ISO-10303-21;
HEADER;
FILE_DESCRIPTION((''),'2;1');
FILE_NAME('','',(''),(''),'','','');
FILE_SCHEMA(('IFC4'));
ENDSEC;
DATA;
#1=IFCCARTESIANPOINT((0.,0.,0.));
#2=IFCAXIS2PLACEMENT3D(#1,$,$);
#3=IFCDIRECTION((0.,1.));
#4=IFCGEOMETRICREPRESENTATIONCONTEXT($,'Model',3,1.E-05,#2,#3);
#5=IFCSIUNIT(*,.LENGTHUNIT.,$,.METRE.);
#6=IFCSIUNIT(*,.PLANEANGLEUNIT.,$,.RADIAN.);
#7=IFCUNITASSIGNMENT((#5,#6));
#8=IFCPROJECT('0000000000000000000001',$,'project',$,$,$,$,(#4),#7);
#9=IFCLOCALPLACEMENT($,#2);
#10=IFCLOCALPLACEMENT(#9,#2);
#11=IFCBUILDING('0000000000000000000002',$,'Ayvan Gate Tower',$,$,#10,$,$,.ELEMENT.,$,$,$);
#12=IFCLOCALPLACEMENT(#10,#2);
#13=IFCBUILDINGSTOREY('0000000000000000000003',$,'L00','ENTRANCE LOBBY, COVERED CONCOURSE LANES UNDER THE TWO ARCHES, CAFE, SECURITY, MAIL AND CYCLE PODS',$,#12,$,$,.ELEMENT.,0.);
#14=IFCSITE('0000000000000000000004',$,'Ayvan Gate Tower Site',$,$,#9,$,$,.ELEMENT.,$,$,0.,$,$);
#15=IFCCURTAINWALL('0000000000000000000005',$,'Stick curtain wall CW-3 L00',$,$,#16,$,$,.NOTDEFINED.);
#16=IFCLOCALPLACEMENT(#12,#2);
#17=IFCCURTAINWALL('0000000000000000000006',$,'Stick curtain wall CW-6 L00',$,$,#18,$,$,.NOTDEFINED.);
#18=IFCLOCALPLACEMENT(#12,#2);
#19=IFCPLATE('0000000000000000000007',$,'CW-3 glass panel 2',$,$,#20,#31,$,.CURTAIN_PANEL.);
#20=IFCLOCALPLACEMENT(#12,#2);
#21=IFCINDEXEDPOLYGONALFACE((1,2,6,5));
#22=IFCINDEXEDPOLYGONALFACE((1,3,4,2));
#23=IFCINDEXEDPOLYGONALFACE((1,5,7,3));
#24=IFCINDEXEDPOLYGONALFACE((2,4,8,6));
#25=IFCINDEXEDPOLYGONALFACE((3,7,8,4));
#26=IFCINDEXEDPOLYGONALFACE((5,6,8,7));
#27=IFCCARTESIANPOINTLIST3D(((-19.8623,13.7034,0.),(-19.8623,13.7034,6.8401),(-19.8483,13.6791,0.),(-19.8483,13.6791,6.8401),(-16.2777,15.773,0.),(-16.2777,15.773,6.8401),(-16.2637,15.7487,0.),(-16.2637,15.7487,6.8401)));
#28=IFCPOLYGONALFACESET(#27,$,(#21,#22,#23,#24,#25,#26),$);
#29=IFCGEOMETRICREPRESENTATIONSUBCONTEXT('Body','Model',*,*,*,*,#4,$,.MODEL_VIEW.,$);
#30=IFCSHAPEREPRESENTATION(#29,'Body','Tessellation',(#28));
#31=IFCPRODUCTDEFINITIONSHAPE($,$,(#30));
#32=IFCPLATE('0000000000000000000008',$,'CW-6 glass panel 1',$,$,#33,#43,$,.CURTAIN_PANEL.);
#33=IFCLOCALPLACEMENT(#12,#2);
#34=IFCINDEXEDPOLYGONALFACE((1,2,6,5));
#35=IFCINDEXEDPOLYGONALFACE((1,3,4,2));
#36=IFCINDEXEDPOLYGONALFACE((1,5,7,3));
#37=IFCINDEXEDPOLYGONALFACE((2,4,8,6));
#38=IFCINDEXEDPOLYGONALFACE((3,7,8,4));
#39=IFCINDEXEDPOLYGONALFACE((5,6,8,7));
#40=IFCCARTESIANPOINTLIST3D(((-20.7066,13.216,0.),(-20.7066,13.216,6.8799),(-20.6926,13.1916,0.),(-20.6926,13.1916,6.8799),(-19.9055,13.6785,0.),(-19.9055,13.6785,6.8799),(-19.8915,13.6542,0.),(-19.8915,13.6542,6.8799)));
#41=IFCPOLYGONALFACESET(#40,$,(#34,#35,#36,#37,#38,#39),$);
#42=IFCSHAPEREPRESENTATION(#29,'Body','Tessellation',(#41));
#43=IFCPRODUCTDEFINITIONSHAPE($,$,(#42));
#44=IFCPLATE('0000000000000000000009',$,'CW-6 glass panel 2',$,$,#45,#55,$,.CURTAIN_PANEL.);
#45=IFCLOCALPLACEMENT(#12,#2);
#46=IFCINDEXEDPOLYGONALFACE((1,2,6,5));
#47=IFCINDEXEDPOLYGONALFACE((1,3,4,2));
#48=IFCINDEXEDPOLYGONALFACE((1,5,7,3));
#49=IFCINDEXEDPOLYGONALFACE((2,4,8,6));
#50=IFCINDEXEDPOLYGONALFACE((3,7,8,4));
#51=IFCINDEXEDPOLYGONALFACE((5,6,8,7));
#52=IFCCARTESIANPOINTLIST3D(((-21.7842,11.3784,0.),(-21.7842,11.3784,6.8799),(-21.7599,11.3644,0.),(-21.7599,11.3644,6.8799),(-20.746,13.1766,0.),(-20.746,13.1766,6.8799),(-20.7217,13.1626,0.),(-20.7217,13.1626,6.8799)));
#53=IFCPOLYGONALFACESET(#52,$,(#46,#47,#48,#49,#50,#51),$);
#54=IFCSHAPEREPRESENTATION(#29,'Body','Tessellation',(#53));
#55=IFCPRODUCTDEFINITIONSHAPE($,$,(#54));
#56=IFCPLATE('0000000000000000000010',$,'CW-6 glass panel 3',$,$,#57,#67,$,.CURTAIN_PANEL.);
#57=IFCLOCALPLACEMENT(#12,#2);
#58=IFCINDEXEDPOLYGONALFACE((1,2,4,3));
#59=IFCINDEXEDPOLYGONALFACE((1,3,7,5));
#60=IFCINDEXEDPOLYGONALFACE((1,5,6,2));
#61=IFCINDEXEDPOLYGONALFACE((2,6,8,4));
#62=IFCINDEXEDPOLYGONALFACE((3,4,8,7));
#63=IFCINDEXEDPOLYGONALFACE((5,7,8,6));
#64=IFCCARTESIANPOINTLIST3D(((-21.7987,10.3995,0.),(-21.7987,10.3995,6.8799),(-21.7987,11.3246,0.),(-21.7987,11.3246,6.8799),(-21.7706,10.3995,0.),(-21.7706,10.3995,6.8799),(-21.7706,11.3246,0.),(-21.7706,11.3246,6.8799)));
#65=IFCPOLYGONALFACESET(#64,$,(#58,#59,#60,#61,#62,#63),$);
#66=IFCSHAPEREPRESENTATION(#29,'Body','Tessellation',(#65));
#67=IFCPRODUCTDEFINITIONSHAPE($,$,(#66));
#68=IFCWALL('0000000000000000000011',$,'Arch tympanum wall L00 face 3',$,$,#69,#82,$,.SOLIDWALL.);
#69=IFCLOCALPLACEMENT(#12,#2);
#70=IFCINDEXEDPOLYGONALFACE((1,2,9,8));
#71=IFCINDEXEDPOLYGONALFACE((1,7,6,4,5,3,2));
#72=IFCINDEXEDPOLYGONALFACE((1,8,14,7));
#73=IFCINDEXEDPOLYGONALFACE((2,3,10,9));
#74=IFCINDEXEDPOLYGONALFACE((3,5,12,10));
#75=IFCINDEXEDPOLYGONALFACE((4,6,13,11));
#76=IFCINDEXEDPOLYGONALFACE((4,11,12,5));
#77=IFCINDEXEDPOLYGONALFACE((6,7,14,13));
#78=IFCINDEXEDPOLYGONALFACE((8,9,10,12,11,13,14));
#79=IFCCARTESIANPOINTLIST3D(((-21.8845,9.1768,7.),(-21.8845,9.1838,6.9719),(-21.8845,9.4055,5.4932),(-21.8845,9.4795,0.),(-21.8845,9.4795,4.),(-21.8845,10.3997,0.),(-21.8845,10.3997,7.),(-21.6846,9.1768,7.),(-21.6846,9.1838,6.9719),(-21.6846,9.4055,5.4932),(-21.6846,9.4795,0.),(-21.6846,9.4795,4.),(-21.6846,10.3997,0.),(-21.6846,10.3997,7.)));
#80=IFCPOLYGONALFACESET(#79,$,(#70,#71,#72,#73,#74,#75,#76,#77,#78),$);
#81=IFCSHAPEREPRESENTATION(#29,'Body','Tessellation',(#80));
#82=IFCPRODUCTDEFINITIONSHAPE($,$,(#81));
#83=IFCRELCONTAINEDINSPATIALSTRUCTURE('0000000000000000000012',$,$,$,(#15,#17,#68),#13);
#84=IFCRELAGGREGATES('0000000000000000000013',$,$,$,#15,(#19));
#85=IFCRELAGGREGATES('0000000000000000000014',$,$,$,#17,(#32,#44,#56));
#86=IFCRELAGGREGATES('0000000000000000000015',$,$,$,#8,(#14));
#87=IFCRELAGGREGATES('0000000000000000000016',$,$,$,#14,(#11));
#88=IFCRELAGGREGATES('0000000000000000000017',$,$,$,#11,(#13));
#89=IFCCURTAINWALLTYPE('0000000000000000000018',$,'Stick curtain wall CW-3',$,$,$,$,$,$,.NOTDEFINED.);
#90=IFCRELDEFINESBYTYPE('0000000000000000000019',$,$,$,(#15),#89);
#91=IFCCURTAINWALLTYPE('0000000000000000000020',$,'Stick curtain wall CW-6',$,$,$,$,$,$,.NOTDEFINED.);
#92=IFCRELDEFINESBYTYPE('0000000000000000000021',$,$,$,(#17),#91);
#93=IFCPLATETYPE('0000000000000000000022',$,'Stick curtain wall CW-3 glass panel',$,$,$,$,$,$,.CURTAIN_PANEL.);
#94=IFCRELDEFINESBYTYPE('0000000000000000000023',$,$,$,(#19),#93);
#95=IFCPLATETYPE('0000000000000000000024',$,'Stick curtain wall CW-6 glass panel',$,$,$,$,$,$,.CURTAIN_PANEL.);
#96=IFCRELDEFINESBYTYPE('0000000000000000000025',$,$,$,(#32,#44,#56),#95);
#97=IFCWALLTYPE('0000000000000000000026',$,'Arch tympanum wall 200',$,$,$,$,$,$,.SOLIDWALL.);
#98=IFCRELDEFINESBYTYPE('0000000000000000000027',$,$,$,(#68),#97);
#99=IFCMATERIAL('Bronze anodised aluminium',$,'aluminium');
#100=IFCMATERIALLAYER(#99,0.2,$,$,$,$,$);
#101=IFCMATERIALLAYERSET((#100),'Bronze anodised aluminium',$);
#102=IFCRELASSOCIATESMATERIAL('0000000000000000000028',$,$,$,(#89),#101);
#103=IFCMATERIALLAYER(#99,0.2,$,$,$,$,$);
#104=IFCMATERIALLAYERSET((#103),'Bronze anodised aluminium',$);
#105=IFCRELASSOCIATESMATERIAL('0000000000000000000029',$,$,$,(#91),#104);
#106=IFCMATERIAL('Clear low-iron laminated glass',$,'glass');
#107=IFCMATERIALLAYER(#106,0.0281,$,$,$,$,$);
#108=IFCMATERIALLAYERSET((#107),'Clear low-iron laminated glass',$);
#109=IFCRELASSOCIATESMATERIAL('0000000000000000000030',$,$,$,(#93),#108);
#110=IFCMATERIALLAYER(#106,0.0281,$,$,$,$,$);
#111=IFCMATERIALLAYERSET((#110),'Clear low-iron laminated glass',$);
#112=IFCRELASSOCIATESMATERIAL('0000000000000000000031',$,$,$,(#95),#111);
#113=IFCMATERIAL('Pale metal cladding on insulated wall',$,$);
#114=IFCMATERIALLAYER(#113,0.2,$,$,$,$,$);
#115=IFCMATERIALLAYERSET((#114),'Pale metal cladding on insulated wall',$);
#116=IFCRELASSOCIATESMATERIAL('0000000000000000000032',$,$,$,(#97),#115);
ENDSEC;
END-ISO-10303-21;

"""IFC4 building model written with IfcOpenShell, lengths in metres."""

from ifc_helpers import new_model, si_unit, direction, frame, origin, origin_2d, place, context, subcontext, project, spatial, polyline, rectangle, outline, extrude, material, layer, layer_set, type_object, element, aggregate, save


model = new_model("IFC4")

# Units and contexts
model_context = context("Model", 3, precision=1e-05, world=origin(), true_north=direction((0.0, 1.0)))
body_context = subcontext(model_context, "Body", "Model", "MODEL_VIEW")
ifc_project = project(units=[si_unit("LENGTHUNIT", "METRE"), si_unit("PLANEANGLEUNIT", "RADIAN")], contexts=[model_context])

# Site, building, storey
site_placement = place(None, origin())
site = spatial("IfcSite", under=ifc_project, at=site_placement, Name="Ayvan Gate Tower Site", CompositionType="ELEMENT", RefElevation=0.0)
building_placement = place(site_placement, origin())
building = spatial("IfcBuilding", under=site, at=building_placement, Name="Ayvan Gate Tower", CompositionType="ELEMENT")
storey_placement = place(building_placement, origin())
storey = spatial("IfcBuildingStorey", under=building, at=storey_placement, Name="L00", Description="ENTRANCE LOBBY, COVERED CONCOURSE LANES UNDER THE TWO ARCHES, CAFE, SECURITY, MAIL AND CYCLE PODS", CompositionType="ELEMENT", Elevation=0.0)

# Curtain wall
ifc_material_1 = material(Name="Bronze anodised aluminium", Category="aluminium")
ifc_layer_1 = layer(ifc_material_1, 0.2)
ifc_layer_set_1 = layer_set([ifc_layer_1], Name="Bronze anodised aluminium")
curtain_wall_type_1 = type_object("IfcCurtainWallType", Name="Stick curtain wall CW-3", PredefinedType="NOTDEFINED", material=ifc_layer_set_1)
curtain_wall_1_placement = place(storey_placement, origin())
curtain_wall_1 = element("IfcCurtainWall", 1, at=curtain_wall_1_placement, inside=storey, type_object=curtain_wall_type_1, Name="Stick curtain wall CW-3 L00", PredefinedType="NOTDEFINED")

# Curtain wall
ifc_layer_2 = layer(ifc_material_1, 0.2)
ifc_layer_set_2 = layer_set([ifc_layer_2], Name="Bronze anodised aluminium")
curtain_wall_type_2 = type_object("IfcCurtainWallType", Name="Stick curtain wall CW-6", PredefinedType="NOTDEFINED", material=ifc_layer_set_2)
curtain_wall_2_placement = place(storey_placement, origin())
curtain_wall_2 = element("IfcCurtainWall", 2, at=curtain_wall_2_placement, inside=storey, type_object=curtain_wall_type_2, Name="Stick curtain wall CW-6 L00", PredefinedType="NOTDEFINED")

# Plates
ifc_material_2 = material(Name="Clear low-iron laminated glass", Category="glass")
ifc_layer_3 = layer(ifc_material_2, 0.0281)
ifc_layer_set_3 = layer_set([ifc_layer_3], Name="Clear low-iron laminated glass")
plate_type_1 = type_object("IfcPlateType", Name="Stick curtain wall CW-3 glass panel", PredefinedType="CURTAIN_PANEL", material=ifc_layer_set_3)
plate_1_placement = place(storey_placement, frame((-18.063, 14.7261, 0.0), z_axis=(0.0, 0.0, 1.0), x_axis=(-0.866025, -0.5, 0.0)))
plate_1 = element("IfcPlate", 3, at=plate_1_placement, type_object=plate_type_1, Name="CW-3 glass panel 2", PredefinedType="CURTAIN_PANEL", context=body_context, shape_type="SweptSolid", body=[
    extrude(rectangle(XDim=4.1392, YDim=0.0281, at=origin_2d()), origin(), (0.0, 0.0, 1.0), 6.8401),
])
aggregate(curtain_wall_1, [plate_1])
ifc_layer_4 = layer(ifc_material_2, 0.0281)
ifc_layer_set_4 = layer_set([ifc_layer_4], Name="Clear low-iron laminated glass")
plate_type_2 = type_object("IfcPlateType", Name="Stick curtain wall CW-6 glass panel", PredefinedType="CURTAIN_PANEL", material=ifc_layer_set_4)
plate_2_placement = place(storey_placement, frame((-20.2991, 13.4351, 0.0), z_axis=(0.0, 0.0, 1.0), x_axis=(-0.866025, -0.5, 0.0)))
plate_2 = element("IfcPlate", 4, at=plate_2_placement, type_object=plate_type_2, Name="CW-6 glass panel 1", PredefinedType="CURTAIN_PANEL", context=body_context, shape_type="SweptSolid", body=[
    extrude(rectangle(XDim=0.925, YDim=0.0281, at=origin_2d()), origin(), (0.0, 0.0, 1.0), 6.8799),
])
plate_3_placement = place(storey_placement, frame((-21.2529, 12.2705, 0.0), z_axis=(0.0, 0.0, 1.0), x_axis=(-0.5, -0.866025, 0.0)))
plate_3 = element("IfcPlate", 5, at=plate_3_placement, type_object=plate_type_2, Name="CW-6 glass panel 2", PredefinedType="CURTAIN_PANEL", context=body_context, shape_type="SweptSolid", body=[
    extrude(rectangle(XDim=2.0764, YDim=0.0281, at=origin_2d()), origin(), (0.0, 0.0, 1.0), 6.8799),
])
plate_4_placement = place(storey_placement, frame((-21.7847, 10.8621, 0.0), z_axis=(0.0, 0.0, 1.0), x_axis=(0.0, -1.0, 0.0)))
plate_4 = element("IfcPlate", 6, at=plate_4_placement, type_object=plate_type_2, Name="CW-6 glass panel 3", PredefinedType="CURTAIN_PANEL", context=body_context, shape_type="SweptSolid", body=[
    extrude(rectangle(XDim=0.925, YDim=0.0281, at=origin_2d()), origin(), (0.0, 0.0, 1.0), 6.8799),
])
aggregate(curtain_wall_2, [plate_2, plate_3, plate_4])

# Wall
ifc_material_3 = material(Name="Pale metal cladding on insulated wall")
ifc_layer_5 = layer(ifc_material_3, 0.2)
ifc_layer_set_5 = layer_set([ifc_layer_5], Name="Pale metal cladding on insulated wall")
wall_type = type_object("IfcWallType", Name="Arch tympanum wall 200", PredefinedType="SOLIDWALL", material=ifc_layer_set_5)
wall_placement = place(storey_placement, frame((-21.6846, 10.3997, 7.0), z_axis=(1.0, 0.0, 0.0), x_axis=(0.0, -1.0, 0.0)))
element("IfcWall", 7, at=wall_placement, inside=storey, type_object=wall_type, Name="Arch tympanum wall L00 face 3", PredefinedType="SOLIDWALL", context=body_context, shape_type="SweptSolid", body=[
    extrude(outline(polyline([(0.0, 0.0), (1.2229, 0.0), (1.2158, 0.0281), (0.9941, 1.5068), (0.9202, 3.0), (0.9202, 7.0), (0.0, 7.0), (0.0, 0.0)])), origin(), (0.0, 0.0, -1.0), 0.2),
])

save(model, "model.ifc")
